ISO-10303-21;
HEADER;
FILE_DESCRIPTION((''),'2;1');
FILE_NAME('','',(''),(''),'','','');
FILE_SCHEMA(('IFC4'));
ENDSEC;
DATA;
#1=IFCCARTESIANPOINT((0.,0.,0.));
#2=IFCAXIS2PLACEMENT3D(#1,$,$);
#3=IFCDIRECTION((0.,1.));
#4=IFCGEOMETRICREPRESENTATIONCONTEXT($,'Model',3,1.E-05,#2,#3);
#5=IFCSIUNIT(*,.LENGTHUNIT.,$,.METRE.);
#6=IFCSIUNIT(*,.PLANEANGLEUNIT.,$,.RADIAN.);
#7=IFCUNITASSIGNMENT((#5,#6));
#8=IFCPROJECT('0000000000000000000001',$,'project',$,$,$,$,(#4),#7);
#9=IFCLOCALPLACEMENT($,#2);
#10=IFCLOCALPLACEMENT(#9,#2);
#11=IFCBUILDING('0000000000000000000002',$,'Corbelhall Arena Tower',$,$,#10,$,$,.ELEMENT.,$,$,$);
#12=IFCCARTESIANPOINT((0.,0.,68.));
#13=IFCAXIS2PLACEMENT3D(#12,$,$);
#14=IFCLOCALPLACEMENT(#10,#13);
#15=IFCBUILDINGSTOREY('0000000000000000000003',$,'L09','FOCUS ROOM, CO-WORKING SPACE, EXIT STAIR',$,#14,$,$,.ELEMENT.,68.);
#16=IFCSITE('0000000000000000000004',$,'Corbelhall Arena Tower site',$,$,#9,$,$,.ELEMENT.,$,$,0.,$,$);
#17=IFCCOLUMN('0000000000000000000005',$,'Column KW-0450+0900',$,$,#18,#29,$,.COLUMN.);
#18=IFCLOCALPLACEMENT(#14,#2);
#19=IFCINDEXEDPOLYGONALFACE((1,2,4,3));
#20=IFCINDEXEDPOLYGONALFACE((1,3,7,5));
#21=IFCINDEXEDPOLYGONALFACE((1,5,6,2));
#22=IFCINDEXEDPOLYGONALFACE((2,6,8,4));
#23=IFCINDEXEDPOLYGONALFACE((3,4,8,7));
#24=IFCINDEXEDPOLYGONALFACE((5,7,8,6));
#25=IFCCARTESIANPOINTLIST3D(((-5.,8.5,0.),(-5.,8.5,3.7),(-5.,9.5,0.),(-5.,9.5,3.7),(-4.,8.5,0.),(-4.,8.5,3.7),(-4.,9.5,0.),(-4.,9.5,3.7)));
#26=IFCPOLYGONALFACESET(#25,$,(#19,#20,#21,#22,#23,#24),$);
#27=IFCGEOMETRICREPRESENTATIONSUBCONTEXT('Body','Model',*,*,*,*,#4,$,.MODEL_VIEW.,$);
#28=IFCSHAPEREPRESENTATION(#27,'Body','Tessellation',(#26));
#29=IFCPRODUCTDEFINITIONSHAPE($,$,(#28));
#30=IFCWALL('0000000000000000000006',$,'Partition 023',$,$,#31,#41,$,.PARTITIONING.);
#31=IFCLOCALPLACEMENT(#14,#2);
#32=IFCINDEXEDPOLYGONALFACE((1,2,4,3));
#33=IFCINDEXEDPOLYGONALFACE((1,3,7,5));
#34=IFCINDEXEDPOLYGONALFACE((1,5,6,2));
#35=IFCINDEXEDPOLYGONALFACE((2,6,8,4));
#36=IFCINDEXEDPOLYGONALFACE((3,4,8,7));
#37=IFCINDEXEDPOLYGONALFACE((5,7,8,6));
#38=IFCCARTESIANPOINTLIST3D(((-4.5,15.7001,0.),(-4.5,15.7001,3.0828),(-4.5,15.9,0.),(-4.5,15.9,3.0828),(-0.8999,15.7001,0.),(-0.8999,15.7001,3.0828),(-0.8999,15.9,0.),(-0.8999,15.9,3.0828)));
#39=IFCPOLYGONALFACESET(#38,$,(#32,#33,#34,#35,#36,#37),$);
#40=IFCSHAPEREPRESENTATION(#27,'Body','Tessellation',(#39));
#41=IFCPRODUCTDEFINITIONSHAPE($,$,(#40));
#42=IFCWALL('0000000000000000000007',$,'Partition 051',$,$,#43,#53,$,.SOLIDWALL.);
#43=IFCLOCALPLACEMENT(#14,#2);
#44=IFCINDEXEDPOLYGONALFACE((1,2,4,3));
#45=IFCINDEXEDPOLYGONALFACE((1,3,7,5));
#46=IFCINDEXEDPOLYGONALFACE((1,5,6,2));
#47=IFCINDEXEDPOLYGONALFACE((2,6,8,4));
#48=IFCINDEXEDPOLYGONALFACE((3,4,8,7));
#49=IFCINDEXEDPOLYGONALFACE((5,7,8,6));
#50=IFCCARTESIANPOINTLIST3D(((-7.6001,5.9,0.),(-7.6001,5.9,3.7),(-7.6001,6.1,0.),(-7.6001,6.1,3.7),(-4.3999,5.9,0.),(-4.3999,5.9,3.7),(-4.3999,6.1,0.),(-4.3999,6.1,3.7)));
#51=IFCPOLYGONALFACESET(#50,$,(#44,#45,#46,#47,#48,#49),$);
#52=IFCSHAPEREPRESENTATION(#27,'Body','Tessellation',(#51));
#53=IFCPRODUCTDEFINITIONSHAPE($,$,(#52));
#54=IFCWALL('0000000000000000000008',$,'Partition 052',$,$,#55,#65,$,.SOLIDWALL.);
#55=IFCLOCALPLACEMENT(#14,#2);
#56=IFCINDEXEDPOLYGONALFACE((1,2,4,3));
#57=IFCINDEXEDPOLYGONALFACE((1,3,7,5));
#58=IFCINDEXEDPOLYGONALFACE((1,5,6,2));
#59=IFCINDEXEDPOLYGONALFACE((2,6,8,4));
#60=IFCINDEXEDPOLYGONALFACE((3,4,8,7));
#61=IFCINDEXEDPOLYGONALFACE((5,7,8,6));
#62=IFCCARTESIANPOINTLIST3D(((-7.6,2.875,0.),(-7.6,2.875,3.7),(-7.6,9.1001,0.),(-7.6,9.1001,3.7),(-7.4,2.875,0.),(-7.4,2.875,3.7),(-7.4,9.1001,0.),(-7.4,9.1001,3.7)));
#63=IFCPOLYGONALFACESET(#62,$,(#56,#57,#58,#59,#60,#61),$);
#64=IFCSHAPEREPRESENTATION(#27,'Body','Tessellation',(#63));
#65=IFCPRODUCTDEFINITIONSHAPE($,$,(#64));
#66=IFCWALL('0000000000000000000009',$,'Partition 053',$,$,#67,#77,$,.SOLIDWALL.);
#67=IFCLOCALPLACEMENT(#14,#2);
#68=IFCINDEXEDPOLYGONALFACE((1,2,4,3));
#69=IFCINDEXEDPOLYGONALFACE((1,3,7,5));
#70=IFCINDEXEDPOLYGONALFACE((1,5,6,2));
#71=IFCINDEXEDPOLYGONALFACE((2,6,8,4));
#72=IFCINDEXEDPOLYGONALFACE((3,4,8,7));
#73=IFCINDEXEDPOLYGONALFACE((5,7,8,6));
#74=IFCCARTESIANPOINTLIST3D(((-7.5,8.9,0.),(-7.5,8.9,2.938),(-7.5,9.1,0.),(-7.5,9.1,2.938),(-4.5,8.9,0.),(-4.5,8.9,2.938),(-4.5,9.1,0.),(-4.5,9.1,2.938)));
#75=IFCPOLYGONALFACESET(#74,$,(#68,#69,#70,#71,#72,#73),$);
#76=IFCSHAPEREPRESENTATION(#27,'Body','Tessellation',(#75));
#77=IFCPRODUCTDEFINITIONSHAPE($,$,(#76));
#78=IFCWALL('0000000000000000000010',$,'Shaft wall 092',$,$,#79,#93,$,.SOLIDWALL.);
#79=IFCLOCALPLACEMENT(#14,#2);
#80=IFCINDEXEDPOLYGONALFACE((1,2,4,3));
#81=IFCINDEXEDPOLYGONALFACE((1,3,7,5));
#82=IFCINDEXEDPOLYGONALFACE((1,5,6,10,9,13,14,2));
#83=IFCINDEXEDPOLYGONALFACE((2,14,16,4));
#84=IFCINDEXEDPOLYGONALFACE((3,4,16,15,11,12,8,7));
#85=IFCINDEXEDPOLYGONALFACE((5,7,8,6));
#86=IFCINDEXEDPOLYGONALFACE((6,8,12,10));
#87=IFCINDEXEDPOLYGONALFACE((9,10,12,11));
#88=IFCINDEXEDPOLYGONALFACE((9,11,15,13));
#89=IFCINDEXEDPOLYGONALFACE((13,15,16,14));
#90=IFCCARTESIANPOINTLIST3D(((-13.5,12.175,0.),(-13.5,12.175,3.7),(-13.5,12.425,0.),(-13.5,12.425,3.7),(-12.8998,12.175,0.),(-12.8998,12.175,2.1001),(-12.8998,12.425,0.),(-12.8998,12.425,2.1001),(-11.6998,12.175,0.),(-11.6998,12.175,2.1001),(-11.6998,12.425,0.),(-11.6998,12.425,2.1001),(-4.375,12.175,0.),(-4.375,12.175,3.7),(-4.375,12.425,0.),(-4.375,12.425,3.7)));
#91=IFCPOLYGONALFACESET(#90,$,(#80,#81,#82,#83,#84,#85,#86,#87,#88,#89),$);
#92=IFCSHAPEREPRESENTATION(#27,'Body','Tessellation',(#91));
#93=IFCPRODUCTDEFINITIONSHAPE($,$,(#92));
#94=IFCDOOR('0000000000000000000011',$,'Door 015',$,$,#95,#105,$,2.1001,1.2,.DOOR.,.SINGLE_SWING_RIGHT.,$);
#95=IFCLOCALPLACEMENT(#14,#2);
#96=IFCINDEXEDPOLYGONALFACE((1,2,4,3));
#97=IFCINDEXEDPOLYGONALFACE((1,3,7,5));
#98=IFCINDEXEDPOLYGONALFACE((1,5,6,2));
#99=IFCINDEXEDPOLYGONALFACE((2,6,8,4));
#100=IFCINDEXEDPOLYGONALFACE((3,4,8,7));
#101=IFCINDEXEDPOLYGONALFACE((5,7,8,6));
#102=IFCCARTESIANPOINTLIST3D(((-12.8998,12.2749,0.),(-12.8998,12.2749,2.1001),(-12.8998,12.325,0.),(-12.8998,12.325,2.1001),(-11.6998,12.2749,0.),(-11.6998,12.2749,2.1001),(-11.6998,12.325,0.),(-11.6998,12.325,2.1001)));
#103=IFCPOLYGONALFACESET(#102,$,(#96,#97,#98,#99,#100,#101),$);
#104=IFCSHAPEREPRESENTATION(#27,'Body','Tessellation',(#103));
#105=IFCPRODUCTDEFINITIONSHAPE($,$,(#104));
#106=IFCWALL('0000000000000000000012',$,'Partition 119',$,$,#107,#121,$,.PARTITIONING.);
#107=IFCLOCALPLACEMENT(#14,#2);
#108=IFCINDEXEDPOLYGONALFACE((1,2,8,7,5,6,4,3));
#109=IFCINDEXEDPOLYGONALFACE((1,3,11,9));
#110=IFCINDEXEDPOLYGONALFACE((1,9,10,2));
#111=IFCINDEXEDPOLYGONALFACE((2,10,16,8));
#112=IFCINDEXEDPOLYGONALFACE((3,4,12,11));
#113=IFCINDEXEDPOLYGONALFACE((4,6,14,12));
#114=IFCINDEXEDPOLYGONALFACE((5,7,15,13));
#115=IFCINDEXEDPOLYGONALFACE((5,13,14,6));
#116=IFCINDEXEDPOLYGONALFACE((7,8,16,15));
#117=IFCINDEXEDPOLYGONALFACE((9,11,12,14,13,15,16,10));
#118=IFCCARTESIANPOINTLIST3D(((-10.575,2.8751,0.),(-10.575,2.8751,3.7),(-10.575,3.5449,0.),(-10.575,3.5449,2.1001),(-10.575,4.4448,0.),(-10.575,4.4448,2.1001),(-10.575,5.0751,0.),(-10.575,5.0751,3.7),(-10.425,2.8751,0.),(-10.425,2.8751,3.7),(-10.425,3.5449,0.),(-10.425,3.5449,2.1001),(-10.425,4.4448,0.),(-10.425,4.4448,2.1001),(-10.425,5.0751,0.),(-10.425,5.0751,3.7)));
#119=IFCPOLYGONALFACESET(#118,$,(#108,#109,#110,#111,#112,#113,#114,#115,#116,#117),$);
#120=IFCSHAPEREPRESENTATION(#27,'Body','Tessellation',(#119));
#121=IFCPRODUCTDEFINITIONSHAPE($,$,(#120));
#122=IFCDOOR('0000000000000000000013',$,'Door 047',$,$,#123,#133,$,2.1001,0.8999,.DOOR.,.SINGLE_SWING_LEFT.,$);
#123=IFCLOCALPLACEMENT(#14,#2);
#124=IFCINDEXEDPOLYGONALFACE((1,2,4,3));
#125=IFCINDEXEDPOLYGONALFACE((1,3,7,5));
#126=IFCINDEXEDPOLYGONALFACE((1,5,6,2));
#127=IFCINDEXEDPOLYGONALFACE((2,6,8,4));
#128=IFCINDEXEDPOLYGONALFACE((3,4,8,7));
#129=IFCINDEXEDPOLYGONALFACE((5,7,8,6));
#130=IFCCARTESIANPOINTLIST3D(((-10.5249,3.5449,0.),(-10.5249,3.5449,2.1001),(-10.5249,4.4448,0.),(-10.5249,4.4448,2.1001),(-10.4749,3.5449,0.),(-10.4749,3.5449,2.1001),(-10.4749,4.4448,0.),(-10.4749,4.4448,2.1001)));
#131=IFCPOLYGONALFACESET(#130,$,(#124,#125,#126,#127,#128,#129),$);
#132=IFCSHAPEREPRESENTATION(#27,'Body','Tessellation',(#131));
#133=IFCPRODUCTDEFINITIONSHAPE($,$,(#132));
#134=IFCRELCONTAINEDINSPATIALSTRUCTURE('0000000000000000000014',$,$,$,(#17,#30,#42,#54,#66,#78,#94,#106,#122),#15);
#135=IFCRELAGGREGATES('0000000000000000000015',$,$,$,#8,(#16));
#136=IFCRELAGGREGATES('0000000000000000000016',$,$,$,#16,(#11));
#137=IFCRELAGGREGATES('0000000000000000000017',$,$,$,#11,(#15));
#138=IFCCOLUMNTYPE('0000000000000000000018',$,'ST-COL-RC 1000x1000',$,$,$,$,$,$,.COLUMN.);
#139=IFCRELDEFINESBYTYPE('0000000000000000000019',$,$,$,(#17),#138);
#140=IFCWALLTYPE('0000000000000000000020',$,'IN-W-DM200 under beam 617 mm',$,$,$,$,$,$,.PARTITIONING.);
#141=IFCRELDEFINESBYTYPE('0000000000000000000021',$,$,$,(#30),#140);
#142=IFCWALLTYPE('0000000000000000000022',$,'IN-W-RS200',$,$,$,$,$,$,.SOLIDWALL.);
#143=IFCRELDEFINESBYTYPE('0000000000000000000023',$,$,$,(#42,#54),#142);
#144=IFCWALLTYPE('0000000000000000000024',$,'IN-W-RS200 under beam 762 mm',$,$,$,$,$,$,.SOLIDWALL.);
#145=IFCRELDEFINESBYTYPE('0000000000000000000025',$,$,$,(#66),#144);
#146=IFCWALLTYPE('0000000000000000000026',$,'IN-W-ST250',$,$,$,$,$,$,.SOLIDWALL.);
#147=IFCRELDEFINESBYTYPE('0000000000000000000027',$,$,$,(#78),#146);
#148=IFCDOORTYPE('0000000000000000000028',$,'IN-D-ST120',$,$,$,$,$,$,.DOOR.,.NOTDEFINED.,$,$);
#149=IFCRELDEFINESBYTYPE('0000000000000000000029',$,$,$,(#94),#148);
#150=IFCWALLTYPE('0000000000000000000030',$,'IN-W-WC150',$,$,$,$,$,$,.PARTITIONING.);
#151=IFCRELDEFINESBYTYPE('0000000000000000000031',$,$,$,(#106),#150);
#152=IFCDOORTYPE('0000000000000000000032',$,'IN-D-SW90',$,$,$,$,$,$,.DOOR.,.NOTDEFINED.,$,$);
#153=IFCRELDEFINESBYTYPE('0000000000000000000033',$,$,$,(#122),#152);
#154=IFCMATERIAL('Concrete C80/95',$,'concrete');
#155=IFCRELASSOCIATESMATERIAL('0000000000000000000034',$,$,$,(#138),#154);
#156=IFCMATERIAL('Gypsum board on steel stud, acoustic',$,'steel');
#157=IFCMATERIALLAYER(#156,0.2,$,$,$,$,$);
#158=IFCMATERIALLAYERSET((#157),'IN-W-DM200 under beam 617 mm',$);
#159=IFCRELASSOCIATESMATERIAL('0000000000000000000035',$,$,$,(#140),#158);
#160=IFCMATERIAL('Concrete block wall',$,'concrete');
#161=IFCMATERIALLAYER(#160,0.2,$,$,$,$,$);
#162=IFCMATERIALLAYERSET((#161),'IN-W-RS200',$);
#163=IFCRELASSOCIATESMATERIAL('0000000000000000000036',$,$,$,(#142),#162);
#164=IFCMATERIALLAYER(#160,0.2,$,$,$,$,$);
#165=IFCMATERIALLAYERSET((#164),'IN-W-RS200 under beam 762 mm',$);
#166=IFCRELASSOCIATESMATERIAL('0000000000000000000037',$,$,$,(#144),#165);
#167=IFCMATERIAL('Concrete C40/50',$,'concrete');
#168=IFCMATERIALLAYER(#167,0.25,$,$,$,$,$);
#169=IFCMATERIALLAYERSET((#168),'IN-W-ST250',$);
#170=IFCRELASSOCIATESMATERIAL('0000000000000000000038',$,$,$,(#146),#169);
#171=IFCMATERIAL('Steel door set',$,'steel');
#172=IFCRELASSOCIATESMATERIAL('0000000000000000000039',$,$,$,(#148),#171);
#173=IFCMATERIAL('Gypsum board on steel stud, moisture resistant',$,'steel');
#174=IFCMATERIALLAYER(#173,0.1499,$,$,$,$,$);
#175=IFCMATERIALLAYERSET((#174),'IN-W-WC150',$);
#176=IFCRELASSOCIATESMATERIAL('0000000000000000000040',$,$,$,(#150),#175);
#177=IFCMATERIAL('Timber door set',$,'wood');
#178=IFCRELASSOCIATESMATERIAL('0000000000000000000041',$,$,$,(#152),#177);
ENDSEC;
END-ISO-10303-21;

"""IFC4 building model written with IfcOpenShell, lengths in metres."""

from ifc_helpers import new_model, si_unit, direction, frame, frame_2d, origin, origin_2d, place, context, subcontext, project, spatial, rectangle, extrude, material, layer, layer_set, material_profile, profile_set, type_object, element, fill, save


model = new_model("IFC4")

# Units and contexts
model_context = context("Model", 3, precision=1e-05, world=origin(), true_north=direction((0.0, 1.0)))
body_context = subcontext(model_context, "Body", "Model", "MODEL_VIEW")
ifc_project = project(units=[si_unit("LENGTHUNIT", "METRE"), si_unit("PLANEANGLEUNIT", "RADIAN")], contexts=[model_context])

# Site, building, storey
site_placement = place(None, origin())
site = spatial("IfcSite", under=ifc_project, at=site_placement, Name="Corbelhall Arena Tower site", CompositionType="ELEMENT", RefElevation=0.0)
building_placement = place(site_placement, origin())
building = spatial("IfcBuilding", under=site, at=building_placement, Name="Corbelhall Arena Tower", CompositionType="ELEMENT")
storey_placement = place(building_placement, frame((0.0, 0.0, 68.0)))
storey = spatial("IfcBuildingStorey", under=building, at=storey_placement, Name="L09", Description="FOCUS ROOM, CO-WORKING SPACE, EXIT STAIR", CompositionType="ELEMENT", Elevation=68.0)

# Column
ifc_material_1 = material(Name="Concrete C80/95", Category="concrete")
ifc_material_profile = material_profile(ifc_material_1, rectangle(XDim=1.0, YDim=1.0, at=origin_2d()))
ifc_profile_set = profile_set([ifc_material_profile], Name="Concrete C80/95")
column_type = type_object("IfcColumnType", Name="ST-COL-RC 1000x1000", PredefinedType="COLUMN", material=ifc_profile_set)
column_placement = place(storey_placement, frame((-4.5, 9.0, 0.0), z_axis=(0.0, 0.0, 1.0), x_axis=(1.0, 0.0, 0.0)))
element("IfcColumn", 1, at=column_placement, inside=storey, type_object=column_type, Name="Column KW-0450+0900", PredefinedType="COLUMN", context=body_context, shape_type="SweptSolid", body=[
    extrude(rectangle(XDim=1.0, YDim=1.0, at=origin_2d()), origin(), (0.0, 0.0, 1.0), 3.7),
])

# Wall
ifc_material_2 = material(Name="Gypsum board on steel stud, acoustic", Category="steel")
ifc_layer_1 = layer(ifc_material_2, 0.2)
ifc_layer_set_1 = layer_set([ifc_layer_1], Name="IN-W-DM200 under beam 617 mm")
wall_type_1 = type_object("IfcWallType", Name="IN-W-DM200 under beam 617 mm", PredefinedType="PARTITIONING", material=ifc_layer_set_1)
wall_1_placement = place(storey_placement, frame((-4.5, 15.8, 0.0), z_axis=(0.0, 0.0, 1.0), x_axis=(1.0, 0.0, 0.0)))
element("IfcWall", 2, at=wall_1_placement, inside=storey, type_object=wall_type_1, Name="Partition 023", PredefinedType="PARTITIONING", context=body_context, shape_type="SweptSolid", body=[
    extrude(rectangle(XDim=3.6001, YDim=0.2, at=frame_2d((1.8, 0.0))), origin(), (0.0, 0.0, 1.0), 3.0828),
])

# Shared definitions
ifc_material_3 = material(Name="Concrete block wall", Category="concrete")
ifc_layer_2 = layer(ifc_material_3, 0.2)
ifc_layer_set_2 = layer_set([ifc_layer_2], Name="IN-W-RS200")
wall_type_2 = type_object("IfcWallType", Name="IN-W-RS200", PredefinedType="SOLIDWALL", material=ifc_layer_set_2)
ifc_material_4 = material(Name="Steel door set", Category="steel")

# Walls
wall_2_placement = place(storey_placement, frame((-7.6001, 6.0, 0.0), z_axis=(0.0, 0.0, 1.0), x_axis=(1.0, 0.0, 0.0)))
element("IfcWall", 3, at=wall_2_placement, inside=storey, type_object=wall_type_2, Name="Partition 051", PredefinedType="SOLIDWALL", context=body_context, shape_type="SweptSolid", body=[
    extrude(rectangle(XDim=3.2002, YDim=0.2, at=frame_2d((1.6001, 0.0))), origin(), (0.0, 0.0, 1.0), 3.7),
])
wall_3_placement = place(storey_placement, frame((-7.5, 2.875, 0.0), z_axis=(0.0, 0.0, 1.0), x_axis=(0.0, 1.0, 0.0)))
element("IfcWall", 4, at=wall_3_placement, inside=storey, type_object=wall_type_2, Name="Partition 052", PredefinedType="SOLIDWALL", context=body_context, shape_type="SweptSolid", body=[
    extrude(rectangle(XDim=6.2251, YDim=0.2, at=frame_2d((3.1125, 0.0))), origin(), (0.0, 0.0, 1.0), 3.7),
])
ifc_layer_3 = layer(ifc_material_3, 0.2)
ifc_layer_set_3 = layer_set([ifc_layer_3], Name="IN-W-RS200 under beam 762 mm")
wall_type_3 = type_object("IfcWallType", Name="IN-W-RS200 under beam 762 mm", PredefinedType="SOLIDWALL", material=ifc_layer_set_3)
wall_4_placement = place(storey_placement, frame((-7.5, 9.0, 0.0), z_axis=(0.0, 0.0, 1.0), x_axis=(1.0, 0.0, 0.0)))
element("IfcWall", 5, at=wall_4_placement, inside=storey, type_object=wall_type_3, Name="Partition 053", PredefinedType="SOLIDWALL", context=body_context, shape_type="SweptSolid", body=[
    extrude(rectangle(XDim=3.0, YDim=0.2, at=frame_2d((1.5, 0.0))), origin(), (0.0, 0.0, 1.0), 2.938),
])

# Walls, openings, doors
ifc_material_5 = material(Name="Concrete C40/50", Category="concrete")
ifc_layer_4 = layer(ifc_material_5, 0.25)
ifc_layer_set_4 = layer_set([ifc_layer_4], Name="IN-W-ST250")
wall_type_4 = type_object("IfcWallType", Name="IN-W-ST250", PredefinedType="SOLIDWALL", material=ifc_layer_set_4)
wall_5_placement = place(storey_placement, frame((-13.5, 12.3, 0.0), z_axis=(0.0, 0.0, 1.0), x_axis=(1.0, 0.0, 0.0)))
wall_5 = element("IfcWall", 6, at=wall_5_placement, inside=storey, type_object=wall_type_4, Name="Shaft wall 092", PredefinedType="SOLIDWALL", context=body_context, shape_type="SweptSolid", body=[
    extrude(rectangle(XDim=9.125, YDim=0.25, at=frame_2d((4.5625, 0.0))), origin(), (0.0, 0.0, 1.0), 3.7),
])
opening_1_placement = place(wall_5_placement, frame((0.6001, 0.0, 0.0)))
opening_1 = element("IfcOpeningElement", 7, at=opening_1_placement, cuts=wall_5, PredefinedType="OPENING", context=body_context, shape_type="SweptSolid", body=[
    extrude(rectangle(XDim=1.2, YDim=2.1001, at=frame_2d((0.6001, 1.05))), frame((0.0, 0.125, 0.0), z_axis=(0.0, -1.0, 0.0), x_axis=(1.0, 0.0, 0.0)), (0.0, 0.0, 1.0), 0.25),
])
door_type_1 = type_object("IfcDoorType", Name="IN-D-ST120", OperationType="NOTDEFINED", PredefinedType="DOOR", material=ifc_material_4)
door_1_placement = place(opening_1_placement, origin())
door_1 = element("IfcDoor", 8, at=door_1_placement, inside=storey, type_object=door_type_1, Name="Door 015", OperationType="SINGLE_SWING_RIGHT", OverallHeight=2.1001, OverallWidth=1.2, PredefinedType="DOOR", context=body_context, shape_type="SweptSolid", body=[
    extrude(rectangle(XDim=1.2, YDim=2.1001, at=frame_2d((0.6001, 1.05))), frame((0.0, 0.0249, 0.0), z_axis=(0.0, -1.0, 0.0), x_axis=(1.0, 0.0, 0.0)), (0.0, 0.0, 1.0), 0.05),
])
fill(opening_1, door_1)
ifc_material_6 = material(Name="Gypsum board on steel stud, moisture resistant", Category="steel")
ifc_layer_5 = layer(ifc_material_6, 0.1499)
ifc_layer_set_5 = layer_set([ifc_layer_5], Name="IN-W-WC150")
wall_type_5 = type_object("IfcWallType", Name="IN-W-WC150", PredefinedType="PARTITIONING", material=ifc_layer_set_5)
wall_6_placement = place(storey_placement, frame((-10.5, 2.875, 0.0), z_axis=(0.0, 0.0, 1.0), x_axis=(0.0, 1.0, 0.0)))
wall_6 = element("IfcWall", 9, at=wall_6_placement, inside=storey, type_object=wall_type_5, Name="Partition 119", PredefinedType="PARTITIONING", context=body_context, shape_type="SweptSolid", body=[
    extrude(rectangle(XDim=2.2, YDim=0.1499, at=frame_2d((1.1001, 0.0))), origin(), (0.0, 0.0, 1.0), 3.7),
])
opening_2_placement = place(wall_6_placement, frame((0.6699, 0.0, 0.0)))
opening_2 = element("IfcOpeningElement", 10, at=opening_2_placement, cuts=wall_6, PredefinedType="OPENING", context=body_context, shape_type="SweptSolid", body=[
    extrude(rectangle(XDim=0.8999, YDim=2.1001, at=frame_2d((0.45, 1.05))), frame((0.0, 0.075, 0.0), z_axis=(0.0, -1.0, 0.0), x_axis=(1.0, 0.0, 0.0)), (0.0, 0.0, 1.0), 0.1499),
])
ifc_material_7 = material(Name="Timber door set", Category="wood")
door_type_2 = type_object("IfcDoorType", Name="IN-D-SW90", OperationType="NOTDEFINED", PredefinedType="DOOR", material=ifc_material_7)
door_2_placement = place(opening_2_placement, origin())
door_2 = element("IfcDoor", 11, at=door_2_placement, inside=storey, type_object=door_type_2, Name="Door 047", OperationType="SINGLE_SWING_LEFT", OverallHeight=2.1001, OverallWidth=0.8999, PredefinedType="DOOR", context=body_context, shape_type="SweptSolid", body=[
    extrude(rectangle(XDim=0.8999, YDim=2.1001, at=frame_2d((0.45, 1.05))), frame((0.0, 0.0249, 0.0), z_axis=(0.0, -1.0, 0.0), x_axis=(1.0, 0.0, 0.0)), (0.0, 0.0, 1.0), 0.05),
])
fill(opening_2, door_2)

save(model, "model.ifc")
